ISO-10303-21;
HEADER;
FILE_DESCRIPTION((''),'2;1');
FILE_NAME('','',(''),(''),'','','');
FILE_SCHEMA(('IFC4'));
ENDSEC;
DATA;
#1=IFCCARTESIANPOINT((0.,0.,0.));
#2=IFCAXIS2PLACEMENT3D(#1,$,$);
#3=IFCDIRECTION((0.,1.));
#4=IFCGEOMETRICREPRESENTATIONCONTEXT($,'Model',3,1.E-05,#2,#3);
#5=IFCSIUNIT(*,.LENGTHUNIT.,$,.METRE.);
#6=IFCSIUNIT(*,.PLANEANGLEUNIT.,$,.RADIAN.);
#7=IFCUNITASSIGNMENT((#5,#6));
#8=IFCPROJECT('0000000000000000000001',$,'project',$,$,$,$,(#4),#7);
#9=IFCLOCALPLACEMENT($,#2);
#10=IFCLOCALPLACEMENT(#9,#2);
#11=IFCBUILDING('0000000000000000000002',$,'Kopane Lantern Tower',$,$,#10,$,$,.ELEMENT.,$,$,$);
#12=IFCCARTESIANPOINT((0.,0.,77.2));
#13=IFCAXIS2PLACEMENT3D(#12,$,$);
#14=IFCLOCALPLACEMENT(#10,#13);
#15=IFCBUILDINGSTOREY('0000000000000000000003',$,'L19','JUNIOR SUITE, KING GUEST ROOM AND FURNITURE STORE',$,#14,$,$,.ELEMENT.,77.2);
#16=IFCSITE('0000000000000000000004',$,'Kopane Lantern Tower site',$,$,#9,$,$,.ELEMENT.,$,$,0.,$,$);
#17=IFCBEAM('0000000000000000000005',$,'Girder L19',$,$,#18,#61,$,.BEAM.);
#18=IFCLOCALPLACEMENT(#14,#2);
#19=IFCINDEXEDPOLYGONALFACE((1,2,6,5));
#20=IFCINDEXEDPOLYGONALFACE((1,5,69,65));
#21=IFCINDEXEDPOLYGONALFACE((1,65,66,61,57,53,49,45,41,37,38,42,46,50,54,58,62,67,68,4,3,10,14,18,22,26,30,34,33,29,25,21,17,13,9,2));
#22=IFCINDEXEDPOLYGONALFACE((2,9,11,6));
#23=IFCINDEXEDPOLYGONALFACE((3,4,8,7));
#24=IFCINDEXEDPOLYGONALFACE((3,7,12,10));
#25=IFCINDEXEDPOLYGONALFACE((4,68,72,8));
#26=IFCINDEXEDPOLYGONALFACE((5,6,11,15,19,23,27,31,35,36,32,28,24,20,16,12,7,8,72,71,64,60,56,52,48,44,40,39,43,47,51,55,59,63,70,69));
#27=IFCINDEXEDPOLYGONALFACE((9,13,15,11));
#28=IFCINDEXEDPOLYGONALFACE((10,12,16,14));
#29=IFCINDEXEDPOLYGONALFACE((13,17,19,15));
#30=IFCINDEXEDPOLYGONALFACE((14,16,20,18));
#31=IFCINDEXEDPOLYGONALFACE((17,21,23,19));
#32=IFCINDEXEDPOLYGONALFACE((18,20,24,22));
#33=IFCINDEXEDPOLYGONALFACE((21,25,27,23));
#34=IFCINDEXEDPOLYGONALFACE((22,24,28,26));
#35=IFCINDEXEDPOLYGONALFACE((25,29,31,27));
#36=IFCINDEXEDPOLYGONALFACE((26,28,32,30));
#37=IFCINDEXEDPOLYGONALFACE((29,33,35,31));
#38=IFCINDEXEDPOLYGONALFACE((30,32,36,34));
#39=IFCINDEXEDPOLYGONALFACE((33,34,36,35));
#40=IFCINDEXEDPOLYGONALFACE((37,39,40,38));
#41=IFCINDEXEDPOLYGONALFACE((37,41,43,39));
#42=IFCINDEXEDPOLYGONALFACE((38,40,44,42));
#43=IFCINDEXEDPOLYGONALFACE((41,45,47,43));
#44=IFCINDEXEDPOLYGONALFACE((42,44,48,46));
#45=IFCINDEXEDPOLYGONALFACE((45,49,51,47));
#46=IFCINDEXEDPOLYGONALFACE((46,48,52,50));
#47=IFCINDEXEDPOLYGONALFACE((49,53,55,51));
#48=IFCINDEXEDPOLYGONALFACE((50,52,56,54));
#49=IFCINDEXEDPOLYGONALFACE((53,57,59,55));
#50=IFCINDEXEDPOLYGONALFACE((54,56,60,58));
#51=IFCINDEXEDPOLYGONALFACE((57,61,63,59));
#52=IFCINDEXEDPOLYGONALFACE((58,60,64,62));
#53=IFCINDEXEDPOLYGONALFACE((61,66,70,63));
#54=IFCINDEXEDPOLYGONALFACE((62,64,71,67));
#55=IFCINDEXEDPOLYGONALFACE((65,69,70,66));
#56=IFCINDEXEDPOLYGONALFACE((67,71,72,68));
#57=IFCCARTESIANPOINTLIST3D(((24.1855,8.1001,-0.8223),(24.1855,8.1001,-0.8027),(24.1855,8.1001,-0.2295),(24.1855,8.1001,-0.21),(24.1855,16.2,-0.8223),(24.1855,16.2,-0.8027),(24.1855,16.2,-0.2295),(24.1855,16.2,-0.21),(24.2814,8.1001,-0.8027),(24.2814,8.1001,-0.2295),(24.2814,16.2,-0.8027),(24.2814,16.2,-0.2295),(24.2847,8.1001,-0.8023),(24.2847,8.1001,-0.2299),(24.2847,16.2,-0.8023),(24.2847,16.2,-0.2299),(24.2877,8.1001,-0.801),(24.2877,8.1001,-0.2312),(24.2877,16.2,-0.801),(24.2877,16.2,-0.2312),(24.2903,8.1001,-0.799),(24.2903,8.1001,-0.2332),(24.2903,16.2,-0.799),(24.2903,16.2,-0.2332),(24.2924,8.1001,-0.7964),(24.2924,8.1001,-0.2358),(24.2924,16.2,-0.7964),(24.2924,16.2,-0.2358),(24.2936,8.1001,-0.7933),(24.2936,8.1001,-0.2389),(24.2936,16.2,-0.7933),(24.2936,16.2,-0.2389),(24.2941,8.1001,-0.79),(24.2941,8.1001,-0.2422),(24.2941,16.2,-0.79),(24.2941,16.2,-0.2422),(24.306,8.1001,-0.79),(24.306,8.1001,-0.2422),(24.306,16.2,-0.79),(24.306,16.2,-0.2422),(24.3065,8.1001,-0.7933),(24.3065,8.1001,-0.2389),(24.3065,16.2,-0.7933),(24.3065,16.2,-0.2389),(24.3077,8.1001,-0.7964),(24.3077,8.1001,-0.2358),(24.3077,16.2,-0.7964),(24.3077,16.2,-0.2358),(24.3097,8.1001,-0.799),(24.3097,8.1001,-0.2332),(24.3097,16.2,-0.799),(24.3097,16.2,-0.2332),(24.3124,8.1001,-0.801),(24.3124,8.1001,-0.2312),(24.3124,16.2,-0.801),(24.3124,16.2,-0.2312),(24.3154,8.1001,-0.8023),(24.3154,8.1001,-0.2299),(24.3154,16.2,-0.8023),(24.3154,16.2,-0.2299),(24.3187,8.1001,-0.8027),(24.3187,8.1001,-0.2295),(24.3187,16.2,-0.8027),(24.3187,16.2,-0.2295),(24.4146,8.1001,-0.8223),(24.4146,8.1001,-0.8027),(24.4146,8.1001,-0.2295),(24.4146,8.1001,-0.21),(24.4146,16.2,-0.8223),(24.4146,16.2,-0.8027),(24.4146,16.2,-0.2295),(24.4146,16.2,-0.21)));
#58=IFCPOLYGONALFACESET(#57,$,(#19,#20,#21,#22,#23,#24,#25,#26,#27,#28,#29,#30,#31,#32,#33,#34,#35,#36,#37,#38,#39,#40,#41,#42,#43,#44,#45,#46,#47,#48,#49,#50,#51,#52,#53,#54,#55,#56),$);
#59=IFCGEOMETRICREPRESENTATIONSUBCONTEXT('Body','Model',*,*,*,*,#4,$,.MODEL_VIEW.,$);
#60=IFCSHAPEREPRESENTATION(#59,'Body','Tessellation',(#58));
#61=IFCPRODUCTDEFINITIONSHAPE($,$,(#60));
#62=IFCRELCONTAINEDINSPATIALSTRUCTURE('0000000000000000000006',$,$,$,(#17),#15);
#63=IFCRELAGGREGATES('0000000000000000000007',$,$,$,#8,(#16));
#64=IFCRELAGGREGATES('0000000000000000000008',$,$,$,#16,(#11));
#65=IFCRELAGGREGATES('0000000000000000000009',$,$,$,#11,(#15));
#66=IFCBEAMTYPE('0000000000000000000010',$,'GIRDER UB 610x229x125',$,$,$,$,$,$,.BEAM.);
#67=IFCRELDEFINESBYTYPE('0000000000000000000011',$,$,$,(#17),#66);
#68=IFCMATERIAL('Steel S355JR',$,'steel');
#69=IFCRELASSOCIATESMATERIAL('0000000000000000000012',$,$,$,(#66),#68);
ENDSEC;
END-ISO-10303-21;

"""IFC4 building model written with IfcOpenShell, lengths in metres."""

from ifc_helpers import new_model, si_unit, direction, frame, origin, origin_2d, place, context, subcontext, project, spatial, i_section, extrude, material, material_profile, profile_set, type_object, element, save


model = new_model("IFC4")

# Units and contexts
model_context = context("Model", 3, precision=1e-05, world=origin(), true_north=direction((0.0, 1.0)))
body_context = subcontext(model_context, "Body", "Model", "MODEL_VIEW")
ifc_project = project(units=[si_unit("LENGTHUNIT", "METRE"), si_unit("PLANEANGLEUNIT", "RADIAN")], contexts=[model_context])

# Site, building, storey
site_placement = place(None, origin())
site = spatial("IfcSite", under=ifc_project, at=site_placement, Name="Kopane Lantern Tower site", CompositionType="ELEMENT", RefElevation=0.0)
building_placement = place(site_placement, origin())
building = spatial("IfcBuilding", under=site, at=building_placement, Name="Kopane Lantern Tower", CompositionType="ELEMENT")
storey_placement = place(building_placement, frame((0.0, 0.0, 77.2)))
storey = spatial("IfcBuildingStorey", under=building, at=storey_placement, Name="L19", Description="JUNIOR SUITE, KING GUEST ROOM AND FURNITURE STORE", CompositionType="ELEMENT", Elevation=77.2)

# Beam
ifc_material_1 = material(Name="Steel S355JR", Category="steel")
ifc_material_profile_1 = material_profile(ifc_material_1, i_section(OverallWidth=0.229, OverallDepth=0.6123, WebThickness=0.012, FlangeThickness=0.0195, FilletRadius=0.0127, at=origin_2d()), Name="UB 610x229x125")
ifc_profile_set_1 = profile_set([ifc_material_profile_1], Name="Steel S355JR")
beam_type = type_object("IfcBeamType", Name="GIRDER UB 610x229x125", PredefinedType="BEAM", material=ifc_profile_set_1)
for number, where, z_axis, x_axis, name in (
    (1, (24.3, 8.1001, -0.5161), (0.0, 1.0, 0.0), (-1.0, 0.0, 0.0), "Girder L19"),
):
    element("IfcBeam", number, at=place(storey_placement, frame(where, z_axis=z_axis, x_axis=x_axis)), inside=storey, type_object=beam_type, Name=name, PredefinedType="BEAM", context=body_context, shape_type="SweptSolid", body=[
        extrude(i_section(OverallWidth=0.229, OverallDepth=0.6123, WebThickness=0.012, FlangeThickness=0.0195, FilletRadius=0.0127, at=origin_2d()), origin(), (0.0, 0.0, 1.0), 8.0999),
    ])

save(model, "model.ifc")
